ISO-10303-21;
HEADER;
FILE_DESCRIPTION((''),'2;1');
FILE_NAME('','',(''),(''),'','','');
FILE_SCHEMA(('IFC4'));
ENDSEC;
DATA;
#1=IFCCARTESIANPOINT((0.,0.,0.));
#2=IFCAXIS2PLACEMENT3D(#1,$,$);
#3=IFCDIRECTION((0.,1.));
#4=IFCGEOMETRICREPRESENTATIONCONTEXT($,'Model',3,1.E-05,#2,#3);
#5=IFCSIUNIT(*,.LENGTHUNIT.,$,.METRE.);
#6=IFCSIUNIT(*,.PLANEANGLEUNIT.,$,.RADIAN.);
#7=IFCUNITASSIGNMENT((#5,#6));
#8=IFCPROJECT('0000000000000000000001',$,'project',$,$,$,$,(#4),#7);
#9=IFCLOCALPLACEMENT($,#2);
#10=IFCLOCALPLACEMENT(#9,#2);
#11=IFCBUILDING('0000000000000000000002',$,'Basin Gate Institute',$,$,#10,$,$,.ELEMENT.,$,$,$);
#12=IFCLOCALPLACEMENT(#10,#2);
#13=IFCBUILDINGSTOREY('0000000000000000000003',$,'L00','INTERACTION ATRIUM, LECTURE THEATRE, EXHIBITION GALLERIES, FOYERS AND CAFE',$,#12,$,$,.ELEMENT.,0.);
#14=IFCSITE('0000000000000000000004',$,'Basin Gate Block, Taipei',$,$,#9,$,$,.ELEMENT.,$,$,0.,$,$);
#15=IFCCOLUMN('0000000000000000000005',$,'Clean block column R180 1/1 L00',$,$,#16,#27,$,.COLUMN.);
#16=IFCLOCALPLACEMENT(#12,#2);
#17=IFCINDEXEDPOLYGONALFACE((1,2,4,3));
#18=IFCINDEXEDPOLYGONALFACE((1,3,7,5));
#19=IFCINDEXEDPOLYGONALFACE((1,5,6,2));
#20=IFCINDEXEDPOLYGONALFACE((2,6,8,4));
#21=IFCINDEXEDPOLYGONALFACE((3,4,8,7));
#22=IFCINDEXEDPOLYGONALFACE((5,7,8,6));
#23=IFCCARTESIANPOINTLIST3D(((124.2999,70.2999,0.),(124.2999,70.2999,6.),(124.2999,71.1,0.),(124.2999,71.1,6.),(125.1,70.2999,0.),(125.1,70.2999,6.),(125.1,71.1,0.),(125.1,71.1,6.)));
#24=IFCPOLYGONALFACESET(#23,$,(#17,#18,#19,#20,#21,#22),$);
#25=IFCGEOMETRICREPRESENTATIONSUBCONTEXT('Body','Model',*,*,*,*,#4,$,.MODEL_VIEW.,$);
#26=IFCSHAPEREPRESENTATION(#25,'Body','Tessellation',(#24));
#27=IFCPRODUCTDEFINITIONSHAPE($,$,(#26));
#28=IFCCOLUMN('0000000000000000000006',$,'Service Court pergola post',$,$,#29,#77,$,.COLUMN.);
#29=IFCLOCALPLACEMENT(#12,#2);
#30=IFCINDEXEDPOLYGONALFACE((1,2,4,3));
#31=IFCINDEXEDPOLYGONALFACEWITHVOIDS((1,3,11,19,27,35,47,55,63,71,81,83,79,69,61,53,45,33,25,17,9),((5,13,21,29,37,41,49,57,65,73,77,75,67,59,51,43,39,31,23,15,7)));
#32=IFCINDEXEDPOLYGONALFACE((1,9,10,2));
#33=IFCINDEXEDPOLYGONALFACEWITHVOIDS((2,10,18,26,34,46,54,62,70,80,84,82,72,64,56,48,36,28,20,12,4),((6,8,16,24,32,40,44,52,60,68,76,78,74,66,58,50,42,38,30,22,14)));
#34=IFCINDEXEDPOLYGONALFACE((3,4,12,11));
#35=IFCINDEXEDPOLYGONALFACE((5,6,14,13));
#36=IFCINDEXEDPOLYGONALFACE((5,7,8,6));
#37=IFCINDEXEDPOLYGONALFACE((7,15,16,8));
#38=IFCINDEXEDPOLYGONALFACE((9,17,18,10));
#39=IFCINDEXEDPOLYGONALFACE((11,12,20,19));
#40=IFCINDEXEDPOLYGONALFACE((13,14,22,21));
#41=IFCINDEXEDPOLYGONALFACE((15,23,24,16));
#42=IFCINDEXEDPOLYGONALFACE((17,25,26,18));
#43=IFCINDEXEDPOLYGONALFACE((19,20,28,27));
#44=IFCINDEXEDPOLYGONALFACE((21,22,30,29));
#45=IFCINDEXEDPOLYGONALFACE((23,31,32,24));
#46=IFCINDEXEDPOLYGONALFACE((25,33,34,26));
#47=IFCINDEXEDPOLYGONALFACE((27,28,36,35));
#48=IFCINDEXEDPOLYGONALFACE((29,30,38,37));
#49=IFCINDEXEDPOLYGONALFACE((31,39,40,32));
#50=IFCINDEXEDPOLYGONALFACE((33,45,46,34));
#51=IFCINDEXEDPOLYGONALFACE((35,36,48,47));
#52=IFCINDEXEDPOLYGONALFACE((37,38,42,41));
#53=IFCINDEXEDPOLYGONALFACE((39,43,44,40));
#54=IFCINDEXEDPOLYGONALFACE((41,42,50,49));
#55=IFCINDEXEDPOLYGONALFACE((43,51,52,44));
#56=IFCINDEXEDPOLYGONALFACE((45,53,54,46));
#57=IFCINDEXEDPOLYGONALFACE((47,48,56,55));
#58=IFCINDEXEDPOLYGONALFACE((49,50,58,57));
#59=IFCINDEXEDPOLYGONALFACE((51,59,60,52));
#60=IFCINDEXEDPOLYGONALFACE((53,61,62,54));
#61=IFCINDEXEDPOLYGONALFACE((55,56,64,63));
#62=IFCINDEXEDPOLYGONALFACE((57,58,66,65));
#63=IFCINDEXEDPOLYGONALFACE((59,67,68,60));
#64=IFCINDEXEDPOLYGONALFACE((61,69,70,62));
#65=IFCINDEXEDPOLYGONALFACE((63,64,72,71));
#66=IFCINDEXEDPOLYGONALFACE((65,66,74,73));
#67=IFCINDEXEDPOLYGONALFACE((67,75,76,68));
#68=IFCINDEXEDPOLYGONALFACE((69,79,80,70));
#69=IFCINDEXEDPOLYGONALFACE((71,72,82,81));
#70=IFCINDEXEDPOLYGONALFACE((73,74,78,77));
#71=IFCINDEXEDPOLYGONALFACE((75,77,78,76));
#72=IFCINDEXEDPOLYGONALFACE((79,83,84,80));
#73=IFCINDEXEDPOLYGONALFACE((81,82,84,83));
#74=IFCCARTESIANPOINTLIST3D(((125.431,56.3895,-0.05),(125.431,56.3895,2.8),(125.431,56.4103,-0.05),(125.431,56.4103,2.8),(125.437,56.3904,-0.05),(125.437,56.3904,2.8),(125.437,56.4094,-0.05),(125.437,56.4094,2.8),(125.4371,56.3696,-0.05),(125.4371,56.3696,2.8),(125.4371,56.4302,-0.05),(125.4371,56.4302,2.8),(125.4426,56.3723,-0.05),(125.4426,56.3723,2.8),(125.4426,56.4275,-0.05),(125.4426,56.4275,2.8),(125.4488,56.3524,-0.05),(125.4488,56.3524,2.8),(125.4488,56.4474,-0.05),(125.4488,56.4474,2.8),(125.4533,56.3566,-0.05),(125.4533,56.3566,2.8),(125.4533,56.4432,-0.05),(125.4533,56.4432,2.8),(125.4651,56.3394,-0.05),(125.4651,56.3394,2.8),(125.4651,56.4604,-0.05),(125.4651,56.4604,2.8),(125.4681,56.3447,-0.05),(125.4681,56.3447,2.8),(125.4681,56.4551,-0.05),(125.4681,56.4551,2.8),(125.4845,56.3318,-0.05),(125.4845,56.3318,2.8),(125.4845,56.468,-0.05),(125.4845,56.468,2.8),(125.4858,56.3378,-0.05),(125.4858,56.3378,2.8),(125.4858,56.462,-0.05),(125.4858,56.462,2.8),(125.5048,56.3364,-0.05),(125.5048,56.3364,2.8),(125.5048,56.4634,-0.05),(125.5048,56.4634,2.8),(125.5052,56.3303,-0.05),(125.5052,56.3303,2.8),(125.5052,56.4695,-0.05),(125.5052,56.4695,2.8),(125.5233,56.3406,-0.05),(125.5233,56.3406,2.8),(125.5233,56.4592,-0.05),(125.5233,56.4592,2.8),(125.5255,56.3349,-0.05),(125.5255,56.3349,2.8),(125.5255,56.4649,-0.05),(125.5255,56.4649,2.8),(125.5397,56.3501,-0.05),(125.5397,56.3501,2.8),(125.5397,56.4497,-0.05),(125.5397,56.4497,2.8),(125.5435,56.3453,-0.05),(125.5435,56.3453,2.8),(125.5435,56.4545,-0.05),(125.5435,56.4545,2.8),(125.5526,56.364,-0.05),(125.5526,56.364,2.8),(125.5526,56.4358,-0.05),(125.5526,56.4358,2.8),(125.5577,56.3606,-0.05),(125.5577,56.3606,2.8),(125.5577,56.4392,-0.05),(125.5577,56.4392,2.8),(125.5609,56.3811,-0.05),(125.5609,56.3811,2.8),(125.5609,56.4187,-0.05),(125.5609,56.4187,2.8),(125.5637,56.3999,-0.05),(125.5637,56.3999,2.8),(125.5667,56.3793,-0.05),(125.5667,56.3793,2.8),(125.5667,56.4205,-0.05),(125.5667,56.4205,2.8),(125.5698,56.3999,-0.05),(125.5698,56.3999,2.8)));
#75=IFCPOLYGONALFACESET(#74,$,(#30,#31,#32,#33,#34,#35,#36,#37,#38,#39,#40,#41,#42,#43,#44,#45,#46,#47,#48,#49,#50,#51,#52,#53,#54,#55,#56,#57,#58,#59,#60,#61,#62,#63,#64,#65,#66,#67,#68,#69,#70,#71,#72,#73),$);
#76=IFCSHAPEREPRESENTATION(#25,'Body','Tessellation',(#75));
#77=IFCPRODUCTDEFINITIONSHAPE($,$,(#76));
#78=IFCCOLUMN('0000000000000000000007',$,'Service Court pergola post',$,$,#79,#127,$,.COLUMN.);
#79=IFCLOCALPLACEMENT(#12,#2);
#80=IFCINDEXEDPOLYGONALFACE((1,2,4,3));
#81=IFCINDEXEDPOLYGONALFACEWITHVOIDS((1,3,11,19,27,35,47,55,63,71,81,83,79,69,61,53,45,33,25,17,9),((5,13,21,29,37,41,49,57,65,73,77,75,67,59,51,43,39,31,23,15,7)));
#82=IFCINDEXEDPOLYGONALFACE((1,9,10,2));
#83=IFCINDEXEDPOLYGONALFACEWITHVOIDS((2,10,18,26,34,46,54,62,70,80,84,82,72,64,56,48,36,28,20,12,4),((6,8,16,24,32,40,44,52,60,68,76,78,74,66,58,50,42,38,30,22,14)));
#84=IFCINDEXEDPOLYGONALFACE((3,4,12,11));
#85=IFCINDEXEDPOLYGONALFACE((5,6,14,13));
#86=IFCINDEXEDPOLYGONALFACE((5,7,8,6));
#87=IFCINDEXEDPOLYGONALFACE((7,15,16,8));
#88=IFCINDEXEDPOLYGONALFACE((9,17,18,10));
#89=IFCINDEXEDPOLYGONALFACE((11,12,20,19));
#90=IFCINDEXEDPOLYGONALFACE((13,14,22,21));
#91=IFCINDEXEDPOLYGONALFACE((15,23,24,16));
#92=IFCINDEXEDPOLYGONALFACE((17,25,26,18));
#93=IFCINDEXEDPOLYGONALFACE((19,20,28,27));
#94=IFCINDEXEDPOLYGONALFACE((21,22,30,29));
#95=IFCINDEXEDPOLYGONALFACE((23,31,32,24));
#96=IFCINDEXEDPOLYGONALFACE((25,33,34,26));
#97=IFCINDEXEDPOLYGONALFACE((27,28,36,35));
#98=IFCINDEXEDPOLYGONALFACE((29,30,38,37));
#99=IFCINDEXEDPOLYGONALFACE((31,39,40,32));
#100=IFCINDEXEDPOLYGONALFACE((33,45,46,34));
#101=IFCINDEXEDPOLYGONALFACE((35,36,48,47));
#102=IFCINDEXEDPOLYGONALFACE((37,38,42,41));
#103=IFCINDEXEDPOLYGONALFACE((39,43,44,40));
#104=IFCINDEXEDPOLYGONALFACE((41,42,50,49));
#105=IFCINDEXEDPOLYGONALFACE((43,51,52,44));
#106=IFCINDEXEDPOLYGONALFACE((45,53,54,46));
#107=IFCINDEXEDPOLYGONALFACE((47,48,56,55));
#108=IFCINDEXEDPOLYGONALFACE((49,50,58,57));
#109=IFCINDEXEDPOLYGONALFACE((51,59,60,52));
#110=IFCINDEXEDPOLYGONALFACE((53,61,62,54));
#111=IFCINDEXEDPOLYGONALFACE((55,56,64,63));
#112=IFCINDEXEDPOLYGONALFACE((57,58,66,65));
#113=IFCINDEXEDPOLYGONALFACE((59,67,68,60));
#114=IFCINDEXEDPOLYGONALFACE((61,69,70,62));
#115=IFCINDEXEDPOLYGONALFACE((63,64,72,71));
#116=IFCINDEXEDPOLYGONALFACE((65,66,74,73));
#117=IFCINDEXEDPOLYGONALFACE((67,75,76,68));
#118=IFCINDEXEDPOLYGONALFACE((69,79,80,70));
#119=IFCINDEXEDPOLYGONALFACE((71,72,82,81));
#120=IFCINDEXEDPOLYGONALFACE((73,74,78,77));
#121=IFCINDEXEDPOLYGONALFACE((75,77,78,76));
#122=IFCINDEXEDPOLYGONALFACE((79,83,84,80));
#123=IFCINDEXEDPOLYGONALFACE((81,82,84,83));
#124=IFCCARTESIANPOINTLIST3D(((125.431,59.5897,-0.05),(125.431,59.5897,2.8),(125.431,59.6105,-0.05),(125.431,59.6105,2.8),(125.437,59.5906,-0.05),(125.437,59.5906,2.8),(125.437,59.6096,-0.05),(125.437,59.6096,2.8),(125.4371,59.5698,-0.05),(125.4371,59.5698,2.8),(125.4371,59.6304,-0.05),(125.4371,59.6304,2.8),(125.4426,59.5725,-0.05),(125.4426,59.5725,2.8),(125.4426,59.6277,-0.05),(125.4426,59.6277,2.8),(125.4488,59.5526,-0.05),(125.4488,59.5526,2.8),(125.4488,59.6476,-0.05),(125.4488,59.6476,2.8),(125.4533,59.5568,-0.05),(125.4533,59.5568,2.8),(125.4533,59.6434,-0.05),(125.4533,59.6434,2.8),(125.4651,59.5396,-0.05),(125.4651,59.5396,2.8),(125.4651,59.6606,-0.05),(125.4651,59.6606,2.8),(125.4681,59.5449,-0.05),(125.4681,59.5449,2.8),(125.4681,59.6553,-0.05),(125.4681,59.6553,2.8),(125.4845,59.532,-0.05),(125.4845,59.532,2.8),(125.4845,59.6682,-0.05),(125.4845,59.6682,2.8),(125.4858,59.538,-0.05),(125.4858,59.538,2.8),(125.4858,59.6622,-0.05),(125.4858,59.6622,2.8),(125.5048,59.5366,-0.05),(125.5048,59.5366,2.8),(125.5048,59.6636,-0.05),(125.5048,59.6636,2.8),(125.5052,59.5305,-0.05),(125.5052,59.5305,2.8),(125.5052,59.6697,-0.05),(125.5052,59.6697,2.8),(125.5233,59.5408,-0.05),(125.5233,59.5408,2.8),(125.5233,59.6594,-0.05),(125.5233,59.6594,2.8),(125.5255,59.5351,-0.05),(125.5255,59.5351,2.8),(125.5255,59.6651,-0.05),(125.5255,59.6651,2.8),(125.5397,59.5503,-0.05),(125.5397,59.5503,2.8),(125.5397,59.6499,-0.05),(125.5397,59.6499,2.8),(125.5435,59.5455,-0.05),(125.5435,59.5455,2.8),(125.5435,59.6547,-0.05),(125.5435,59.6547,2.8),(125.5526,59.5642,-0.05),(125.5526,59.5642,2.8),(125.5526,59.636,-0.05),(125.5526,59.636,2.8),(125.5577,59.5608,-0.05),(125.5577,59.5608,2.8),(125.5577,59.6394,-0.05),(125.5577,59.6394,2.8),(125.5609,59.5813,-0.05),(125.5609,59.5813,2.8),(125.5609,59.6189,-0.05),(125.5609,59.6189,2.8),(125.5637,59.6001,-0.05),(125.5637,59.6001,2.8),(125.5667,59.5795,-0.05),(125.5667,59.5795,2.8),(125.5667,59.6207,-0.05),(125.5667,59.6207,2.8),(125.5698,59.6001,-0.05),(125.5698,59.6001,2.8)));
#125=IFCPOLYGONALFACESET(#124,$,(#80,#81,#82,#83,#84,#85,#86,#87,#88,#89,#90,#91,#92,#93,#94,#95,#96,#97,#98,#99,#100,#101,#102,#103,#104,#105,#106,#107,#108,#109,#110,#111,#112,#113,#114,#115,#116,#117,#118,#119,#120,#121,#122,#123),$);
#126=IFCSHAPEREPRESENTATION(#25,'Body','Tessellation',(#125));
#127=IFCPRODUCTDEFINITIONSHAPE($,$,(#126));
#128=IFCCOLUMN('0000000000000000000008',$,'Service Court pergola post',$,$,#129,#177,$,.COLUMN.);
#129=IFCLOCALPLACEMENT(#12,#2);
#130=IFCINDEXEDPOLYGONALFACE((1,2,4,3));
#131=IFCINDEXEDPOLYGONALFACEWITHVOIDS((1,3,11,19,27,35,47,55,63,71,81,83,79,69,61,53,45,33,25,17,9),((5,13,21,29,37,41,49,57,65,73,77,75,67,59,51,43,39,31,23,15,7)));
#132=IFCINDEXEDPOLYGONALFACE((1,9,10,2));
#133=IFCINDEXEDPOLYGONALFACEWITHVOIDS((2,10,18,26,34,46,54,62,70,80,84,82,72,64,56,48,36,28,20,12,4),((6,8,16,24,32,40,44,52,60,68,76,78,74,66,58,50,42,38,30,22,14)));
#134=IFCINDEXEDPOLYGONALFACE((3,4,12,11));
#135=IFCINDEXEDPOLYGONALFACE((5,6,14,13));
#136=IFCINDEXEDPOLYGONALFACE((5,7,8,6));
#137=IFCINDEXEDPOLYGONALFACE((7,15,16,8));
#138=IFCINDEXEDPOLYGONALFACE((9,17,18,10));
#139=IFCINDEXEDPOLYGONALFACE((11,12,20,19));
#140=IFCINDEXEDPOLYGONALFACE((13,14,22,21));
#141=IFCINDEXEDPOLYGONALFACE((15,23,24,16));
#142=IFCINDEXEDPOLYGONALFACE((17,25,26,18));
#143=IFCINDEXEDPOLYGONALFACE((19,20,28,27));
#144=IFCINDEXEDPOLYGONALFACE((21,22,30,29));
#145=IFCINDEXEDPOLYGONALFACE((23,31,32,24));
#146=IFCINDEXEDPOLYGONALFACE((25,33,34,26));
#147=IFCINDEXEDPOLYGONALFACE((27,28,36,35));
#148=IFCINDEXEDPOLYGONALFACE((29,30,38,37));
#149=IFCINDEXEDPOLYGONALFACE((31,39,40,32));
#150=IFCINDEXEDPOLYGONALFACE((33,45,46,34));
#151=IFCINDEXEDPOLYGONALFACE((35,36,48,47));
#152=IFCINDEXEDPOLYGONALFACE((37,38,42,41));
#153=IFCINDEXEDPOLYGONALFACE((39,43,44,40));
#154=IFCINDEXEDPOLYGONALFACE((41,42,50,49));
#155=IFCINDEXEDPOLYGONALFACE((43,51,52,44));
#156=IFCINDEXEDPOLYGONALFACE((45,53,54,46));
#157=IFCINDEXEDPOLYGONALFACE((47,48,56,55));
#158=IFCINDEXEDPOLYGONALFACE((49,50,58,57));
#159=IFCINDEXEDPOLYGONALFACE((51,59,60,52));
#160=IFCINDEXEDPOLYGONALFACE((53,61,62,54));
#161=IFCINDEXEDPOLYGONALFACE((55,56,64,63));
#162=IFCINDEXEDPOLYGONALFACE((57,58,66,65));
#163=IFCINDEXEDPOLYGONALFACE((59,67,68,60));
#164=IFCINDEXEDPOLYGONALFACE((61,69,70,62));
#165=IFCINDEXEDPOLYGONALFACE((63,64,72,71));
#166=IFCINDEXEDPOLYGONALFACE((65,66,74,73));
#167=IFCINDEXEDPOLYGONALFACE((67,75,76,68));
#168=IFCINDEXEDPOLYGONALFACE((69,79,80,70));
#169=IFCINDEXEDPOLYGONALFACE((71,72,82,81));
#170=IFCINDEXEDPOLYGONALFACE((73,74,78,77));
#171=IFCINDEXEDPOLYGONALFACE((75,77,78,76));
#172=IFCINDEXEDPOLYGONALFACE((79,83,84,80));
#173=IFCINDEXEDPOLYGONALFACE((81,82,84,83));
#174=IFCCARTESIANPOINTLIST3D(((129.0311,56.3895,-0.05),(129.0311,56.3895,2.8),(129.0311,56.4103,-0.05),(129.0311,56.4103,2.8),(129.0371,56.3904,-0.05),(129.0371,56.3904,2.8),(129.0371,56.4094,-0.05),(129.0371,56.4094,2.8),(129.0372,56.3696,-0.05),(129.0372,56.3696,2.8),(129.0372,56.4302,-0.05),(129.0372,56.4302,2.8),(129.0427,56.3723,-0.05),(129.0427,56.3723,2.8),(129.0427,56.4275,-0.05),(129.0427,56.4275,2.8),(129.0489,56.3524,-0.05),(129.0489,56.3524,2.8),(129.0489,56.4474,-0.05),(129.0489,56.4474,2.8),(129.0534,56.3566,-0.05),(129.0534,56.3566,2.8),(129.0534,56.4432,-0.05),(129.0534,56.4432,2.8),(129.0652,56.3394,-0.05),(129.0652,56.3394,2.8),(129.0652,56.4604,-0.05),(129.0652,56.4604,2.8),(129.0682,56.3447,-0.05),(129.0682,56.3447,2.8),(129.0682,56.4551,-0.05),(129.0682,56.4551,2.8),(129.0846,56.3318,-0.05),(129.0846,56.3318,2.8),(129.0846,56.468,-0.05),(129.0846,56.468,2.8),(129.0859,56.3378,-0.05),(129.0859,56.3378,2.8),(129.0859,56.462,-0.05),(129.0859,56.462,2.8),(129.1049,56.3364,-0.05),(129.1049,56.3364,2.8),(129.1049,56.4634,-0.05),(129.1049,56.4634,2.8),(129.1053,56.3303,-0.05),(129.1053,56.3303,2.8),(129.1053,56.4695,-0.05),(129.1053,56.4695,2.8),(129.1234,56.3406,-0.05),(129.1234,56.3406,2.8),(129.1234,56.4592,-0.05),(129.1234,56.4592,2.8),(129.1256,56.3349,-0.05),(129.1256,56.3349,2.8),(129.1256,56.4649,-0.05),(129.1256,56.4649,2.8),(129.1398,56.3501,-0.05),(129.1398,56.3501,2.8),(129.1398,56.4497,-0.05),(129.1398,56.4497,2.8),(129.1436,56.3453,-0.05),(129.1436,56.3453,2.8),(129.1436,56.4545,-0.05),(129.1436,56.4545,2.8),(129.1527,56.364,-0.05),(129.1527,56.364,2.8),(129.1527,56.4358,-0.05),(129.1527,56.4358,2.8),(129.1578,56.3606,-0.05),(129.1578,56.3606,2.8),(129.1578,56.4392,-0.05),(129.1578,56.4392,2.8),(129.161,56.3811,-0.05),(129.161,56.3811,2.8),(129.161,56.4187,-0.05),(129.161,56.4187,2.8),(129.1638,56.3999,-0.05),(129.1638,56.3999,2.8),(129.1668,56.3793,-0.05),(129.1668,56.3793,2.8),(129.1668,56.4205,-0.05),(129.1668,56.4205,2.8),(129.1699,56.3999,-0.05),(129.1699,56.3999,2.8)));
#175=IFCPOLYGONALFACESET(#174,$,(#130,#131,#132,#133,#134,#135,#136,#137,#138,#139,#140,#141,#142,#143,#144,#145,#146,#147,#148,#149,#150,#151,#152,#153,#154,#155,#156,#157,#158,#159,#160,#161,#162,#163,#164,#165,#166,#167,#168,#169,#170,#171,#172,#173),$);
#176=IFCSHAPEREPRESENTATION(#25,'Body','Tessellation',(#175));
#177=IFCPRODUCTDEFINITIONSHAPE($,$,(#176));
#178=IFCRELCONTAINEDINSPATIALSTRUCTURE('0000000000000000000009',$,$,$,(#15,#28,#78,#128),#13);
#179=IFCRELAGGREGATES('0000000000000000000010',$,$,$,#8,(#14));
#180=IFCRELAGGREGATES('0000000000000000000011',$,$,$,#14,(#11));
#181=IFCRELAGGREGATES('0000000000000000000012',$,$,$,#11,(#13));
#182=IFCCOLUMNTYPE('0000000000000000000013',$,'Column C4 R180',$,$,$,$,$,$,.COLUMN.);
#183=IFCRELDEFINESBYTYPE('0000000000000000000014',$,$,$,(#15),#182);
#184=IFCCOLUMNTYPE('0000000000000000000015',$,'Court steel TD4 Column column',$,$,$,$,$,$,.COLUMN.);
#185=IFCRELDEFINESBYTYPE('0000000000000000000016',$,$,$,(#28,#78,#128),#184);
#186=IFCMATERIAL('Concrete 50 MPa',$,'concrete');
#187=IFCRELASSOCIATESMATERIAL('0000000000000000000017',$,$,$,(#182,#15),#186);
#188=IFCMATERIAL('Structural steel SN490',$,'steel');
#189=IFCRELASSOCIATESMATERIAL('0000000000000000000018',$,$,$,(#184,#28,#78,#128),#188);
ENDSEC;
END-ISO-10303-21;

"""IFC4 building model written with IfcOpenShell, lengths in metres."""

from ifc_helpers import new_model, si_unit, direction, frame, origin, origin_2d, place, context, subcontext, project, spatial, rectangle, hollow_circle, extrude, material, material_profile, profile_set, type_object, element, save


model = new_model("IFC4")

# Units and contexts
model_context = context("Model", 3, precision=1e-05, world=origin(), true_north=direction((0.0, 1.0)))
body_context = subcontext(model_context, "Body", "Model", "MODEL_VIEW")
ifc_project = project(units=[si_unit("LENGTHUNIT", "METRE"), si_unit("PLANEANGLEUNIT", "RADIAN")], contexts=[model_context])

# Site, building, storey
site_placement = place(None, origin())
site = spatial("IfcSite", under=ifc_project, at=site_placement, Name="Basin Gate Block, Taipei", CompositionType="ELEMENT", RefElevation=0.0)
building_placement = place(site_placement, origin())
building = spatial("IfcBuilding", under=site, at=building_placement, Name="Basin Gate Institute", CompositionType="ELEMENT")
storey_placement = place(building_placement, origin())
storey = spatial("IfcBuildingStorey", under=building, at=storey_placement, Name="L00", Description="INTERACTION ATRIUM, LECTURE THEATRE, EXHIBITION GALLERIES, FOYERS AND CAFE", CompositionType="ELEMENT", Elevation=0.0)

# Columns
ifc_material_1 = material(Name="Concrete 50 MPa", Category="concrete")
ifc_material_profile_1 = material_profile(ifc_material_1, rectangle(XDim=0.8, YDim=0.8, at=origin_2d()), Name="Column C4 800 x 800")
ifc_profile_set_1 = profile_set([ifc_material_profile_1], Name="Concrete 50 MPa")
column_type_1 = type_object("IfcColumnType", Name="Column C4 R180", PredefinedType="COLUMN", material=ifc_profile_set_1)
column_placement = place(storey_placement, frame((124.7, 70.7, 0.0), z_axis=(0.0, 0.0, 1.0), x_axis=(1.0, 0.0, 0.0)))
element("IfcColumn", 1, at=column_placement, inside=storey, type_object=column_type_1, material=ifc_profile_set_1, Name="Clean block column R180 1/1 L00", PredefinedType="COLUMN", context=body_context, shape_type="SweptSolid", body=[
    extrude(rectangle(XDim=0.8, YDim=0.8, at=origin_2d()), origin(), (0.0, 0.0, 1.0), 6.0),
])
ifc_material_2 = material(Name="Structural steel SN490", Category="steel")
ifc_material_profile_2 = material_profile(ifc_material_2, hollow_circle(Radius=0.0698, WallThickness=0.0061, at=origin_2d()), Name="CHS139x6")
ifc_profile_set_2 = profile_set([ifc_material_profile_2], Name="Structural steel SN490")
column_type_2 = type_object("IfcColumnType", Name="Court steel TD4 Column column", PredefinedType="COLUMN", material=ifc_profile_set_2)
for number, where, z_axis, x_axis, name in (
    (2, (125.5, 56.3999, -0.05), (0.0, 0.0, 1.0), (1.0, 0.0, 0.0), "Service Court pergola post"),
    (3, (125.5, 59.6001, -0.05), (0.0, 0.0, 1.0), (1.0, 0.0, 0.0), "Service Court pergola post"),
    (4, (129.1001, 56.3999, -0.05), (0.0, 0.0, 1.0), (1.0, 0.0, 0.0), "Service Court pergola post"),
):
    element("IfcColumn", number, at=place(storey_placement, frame(where, z_axis=z_axis, x_axis=x_axis)), inside=storey, type_object=column_type_2, material=ifc_profile_set_2, Name=name, PredefinedType="COLUMN", context=body_context, shape_type="SweptSolid", body=[
        extrude(hollow_circle(Radius=0.0698, WallThickness=0.0061, at=origin_2d()), origin(), (0.0, 0.0, 1.0), 2.8501),
    ])

save(model, "model.ifc")
